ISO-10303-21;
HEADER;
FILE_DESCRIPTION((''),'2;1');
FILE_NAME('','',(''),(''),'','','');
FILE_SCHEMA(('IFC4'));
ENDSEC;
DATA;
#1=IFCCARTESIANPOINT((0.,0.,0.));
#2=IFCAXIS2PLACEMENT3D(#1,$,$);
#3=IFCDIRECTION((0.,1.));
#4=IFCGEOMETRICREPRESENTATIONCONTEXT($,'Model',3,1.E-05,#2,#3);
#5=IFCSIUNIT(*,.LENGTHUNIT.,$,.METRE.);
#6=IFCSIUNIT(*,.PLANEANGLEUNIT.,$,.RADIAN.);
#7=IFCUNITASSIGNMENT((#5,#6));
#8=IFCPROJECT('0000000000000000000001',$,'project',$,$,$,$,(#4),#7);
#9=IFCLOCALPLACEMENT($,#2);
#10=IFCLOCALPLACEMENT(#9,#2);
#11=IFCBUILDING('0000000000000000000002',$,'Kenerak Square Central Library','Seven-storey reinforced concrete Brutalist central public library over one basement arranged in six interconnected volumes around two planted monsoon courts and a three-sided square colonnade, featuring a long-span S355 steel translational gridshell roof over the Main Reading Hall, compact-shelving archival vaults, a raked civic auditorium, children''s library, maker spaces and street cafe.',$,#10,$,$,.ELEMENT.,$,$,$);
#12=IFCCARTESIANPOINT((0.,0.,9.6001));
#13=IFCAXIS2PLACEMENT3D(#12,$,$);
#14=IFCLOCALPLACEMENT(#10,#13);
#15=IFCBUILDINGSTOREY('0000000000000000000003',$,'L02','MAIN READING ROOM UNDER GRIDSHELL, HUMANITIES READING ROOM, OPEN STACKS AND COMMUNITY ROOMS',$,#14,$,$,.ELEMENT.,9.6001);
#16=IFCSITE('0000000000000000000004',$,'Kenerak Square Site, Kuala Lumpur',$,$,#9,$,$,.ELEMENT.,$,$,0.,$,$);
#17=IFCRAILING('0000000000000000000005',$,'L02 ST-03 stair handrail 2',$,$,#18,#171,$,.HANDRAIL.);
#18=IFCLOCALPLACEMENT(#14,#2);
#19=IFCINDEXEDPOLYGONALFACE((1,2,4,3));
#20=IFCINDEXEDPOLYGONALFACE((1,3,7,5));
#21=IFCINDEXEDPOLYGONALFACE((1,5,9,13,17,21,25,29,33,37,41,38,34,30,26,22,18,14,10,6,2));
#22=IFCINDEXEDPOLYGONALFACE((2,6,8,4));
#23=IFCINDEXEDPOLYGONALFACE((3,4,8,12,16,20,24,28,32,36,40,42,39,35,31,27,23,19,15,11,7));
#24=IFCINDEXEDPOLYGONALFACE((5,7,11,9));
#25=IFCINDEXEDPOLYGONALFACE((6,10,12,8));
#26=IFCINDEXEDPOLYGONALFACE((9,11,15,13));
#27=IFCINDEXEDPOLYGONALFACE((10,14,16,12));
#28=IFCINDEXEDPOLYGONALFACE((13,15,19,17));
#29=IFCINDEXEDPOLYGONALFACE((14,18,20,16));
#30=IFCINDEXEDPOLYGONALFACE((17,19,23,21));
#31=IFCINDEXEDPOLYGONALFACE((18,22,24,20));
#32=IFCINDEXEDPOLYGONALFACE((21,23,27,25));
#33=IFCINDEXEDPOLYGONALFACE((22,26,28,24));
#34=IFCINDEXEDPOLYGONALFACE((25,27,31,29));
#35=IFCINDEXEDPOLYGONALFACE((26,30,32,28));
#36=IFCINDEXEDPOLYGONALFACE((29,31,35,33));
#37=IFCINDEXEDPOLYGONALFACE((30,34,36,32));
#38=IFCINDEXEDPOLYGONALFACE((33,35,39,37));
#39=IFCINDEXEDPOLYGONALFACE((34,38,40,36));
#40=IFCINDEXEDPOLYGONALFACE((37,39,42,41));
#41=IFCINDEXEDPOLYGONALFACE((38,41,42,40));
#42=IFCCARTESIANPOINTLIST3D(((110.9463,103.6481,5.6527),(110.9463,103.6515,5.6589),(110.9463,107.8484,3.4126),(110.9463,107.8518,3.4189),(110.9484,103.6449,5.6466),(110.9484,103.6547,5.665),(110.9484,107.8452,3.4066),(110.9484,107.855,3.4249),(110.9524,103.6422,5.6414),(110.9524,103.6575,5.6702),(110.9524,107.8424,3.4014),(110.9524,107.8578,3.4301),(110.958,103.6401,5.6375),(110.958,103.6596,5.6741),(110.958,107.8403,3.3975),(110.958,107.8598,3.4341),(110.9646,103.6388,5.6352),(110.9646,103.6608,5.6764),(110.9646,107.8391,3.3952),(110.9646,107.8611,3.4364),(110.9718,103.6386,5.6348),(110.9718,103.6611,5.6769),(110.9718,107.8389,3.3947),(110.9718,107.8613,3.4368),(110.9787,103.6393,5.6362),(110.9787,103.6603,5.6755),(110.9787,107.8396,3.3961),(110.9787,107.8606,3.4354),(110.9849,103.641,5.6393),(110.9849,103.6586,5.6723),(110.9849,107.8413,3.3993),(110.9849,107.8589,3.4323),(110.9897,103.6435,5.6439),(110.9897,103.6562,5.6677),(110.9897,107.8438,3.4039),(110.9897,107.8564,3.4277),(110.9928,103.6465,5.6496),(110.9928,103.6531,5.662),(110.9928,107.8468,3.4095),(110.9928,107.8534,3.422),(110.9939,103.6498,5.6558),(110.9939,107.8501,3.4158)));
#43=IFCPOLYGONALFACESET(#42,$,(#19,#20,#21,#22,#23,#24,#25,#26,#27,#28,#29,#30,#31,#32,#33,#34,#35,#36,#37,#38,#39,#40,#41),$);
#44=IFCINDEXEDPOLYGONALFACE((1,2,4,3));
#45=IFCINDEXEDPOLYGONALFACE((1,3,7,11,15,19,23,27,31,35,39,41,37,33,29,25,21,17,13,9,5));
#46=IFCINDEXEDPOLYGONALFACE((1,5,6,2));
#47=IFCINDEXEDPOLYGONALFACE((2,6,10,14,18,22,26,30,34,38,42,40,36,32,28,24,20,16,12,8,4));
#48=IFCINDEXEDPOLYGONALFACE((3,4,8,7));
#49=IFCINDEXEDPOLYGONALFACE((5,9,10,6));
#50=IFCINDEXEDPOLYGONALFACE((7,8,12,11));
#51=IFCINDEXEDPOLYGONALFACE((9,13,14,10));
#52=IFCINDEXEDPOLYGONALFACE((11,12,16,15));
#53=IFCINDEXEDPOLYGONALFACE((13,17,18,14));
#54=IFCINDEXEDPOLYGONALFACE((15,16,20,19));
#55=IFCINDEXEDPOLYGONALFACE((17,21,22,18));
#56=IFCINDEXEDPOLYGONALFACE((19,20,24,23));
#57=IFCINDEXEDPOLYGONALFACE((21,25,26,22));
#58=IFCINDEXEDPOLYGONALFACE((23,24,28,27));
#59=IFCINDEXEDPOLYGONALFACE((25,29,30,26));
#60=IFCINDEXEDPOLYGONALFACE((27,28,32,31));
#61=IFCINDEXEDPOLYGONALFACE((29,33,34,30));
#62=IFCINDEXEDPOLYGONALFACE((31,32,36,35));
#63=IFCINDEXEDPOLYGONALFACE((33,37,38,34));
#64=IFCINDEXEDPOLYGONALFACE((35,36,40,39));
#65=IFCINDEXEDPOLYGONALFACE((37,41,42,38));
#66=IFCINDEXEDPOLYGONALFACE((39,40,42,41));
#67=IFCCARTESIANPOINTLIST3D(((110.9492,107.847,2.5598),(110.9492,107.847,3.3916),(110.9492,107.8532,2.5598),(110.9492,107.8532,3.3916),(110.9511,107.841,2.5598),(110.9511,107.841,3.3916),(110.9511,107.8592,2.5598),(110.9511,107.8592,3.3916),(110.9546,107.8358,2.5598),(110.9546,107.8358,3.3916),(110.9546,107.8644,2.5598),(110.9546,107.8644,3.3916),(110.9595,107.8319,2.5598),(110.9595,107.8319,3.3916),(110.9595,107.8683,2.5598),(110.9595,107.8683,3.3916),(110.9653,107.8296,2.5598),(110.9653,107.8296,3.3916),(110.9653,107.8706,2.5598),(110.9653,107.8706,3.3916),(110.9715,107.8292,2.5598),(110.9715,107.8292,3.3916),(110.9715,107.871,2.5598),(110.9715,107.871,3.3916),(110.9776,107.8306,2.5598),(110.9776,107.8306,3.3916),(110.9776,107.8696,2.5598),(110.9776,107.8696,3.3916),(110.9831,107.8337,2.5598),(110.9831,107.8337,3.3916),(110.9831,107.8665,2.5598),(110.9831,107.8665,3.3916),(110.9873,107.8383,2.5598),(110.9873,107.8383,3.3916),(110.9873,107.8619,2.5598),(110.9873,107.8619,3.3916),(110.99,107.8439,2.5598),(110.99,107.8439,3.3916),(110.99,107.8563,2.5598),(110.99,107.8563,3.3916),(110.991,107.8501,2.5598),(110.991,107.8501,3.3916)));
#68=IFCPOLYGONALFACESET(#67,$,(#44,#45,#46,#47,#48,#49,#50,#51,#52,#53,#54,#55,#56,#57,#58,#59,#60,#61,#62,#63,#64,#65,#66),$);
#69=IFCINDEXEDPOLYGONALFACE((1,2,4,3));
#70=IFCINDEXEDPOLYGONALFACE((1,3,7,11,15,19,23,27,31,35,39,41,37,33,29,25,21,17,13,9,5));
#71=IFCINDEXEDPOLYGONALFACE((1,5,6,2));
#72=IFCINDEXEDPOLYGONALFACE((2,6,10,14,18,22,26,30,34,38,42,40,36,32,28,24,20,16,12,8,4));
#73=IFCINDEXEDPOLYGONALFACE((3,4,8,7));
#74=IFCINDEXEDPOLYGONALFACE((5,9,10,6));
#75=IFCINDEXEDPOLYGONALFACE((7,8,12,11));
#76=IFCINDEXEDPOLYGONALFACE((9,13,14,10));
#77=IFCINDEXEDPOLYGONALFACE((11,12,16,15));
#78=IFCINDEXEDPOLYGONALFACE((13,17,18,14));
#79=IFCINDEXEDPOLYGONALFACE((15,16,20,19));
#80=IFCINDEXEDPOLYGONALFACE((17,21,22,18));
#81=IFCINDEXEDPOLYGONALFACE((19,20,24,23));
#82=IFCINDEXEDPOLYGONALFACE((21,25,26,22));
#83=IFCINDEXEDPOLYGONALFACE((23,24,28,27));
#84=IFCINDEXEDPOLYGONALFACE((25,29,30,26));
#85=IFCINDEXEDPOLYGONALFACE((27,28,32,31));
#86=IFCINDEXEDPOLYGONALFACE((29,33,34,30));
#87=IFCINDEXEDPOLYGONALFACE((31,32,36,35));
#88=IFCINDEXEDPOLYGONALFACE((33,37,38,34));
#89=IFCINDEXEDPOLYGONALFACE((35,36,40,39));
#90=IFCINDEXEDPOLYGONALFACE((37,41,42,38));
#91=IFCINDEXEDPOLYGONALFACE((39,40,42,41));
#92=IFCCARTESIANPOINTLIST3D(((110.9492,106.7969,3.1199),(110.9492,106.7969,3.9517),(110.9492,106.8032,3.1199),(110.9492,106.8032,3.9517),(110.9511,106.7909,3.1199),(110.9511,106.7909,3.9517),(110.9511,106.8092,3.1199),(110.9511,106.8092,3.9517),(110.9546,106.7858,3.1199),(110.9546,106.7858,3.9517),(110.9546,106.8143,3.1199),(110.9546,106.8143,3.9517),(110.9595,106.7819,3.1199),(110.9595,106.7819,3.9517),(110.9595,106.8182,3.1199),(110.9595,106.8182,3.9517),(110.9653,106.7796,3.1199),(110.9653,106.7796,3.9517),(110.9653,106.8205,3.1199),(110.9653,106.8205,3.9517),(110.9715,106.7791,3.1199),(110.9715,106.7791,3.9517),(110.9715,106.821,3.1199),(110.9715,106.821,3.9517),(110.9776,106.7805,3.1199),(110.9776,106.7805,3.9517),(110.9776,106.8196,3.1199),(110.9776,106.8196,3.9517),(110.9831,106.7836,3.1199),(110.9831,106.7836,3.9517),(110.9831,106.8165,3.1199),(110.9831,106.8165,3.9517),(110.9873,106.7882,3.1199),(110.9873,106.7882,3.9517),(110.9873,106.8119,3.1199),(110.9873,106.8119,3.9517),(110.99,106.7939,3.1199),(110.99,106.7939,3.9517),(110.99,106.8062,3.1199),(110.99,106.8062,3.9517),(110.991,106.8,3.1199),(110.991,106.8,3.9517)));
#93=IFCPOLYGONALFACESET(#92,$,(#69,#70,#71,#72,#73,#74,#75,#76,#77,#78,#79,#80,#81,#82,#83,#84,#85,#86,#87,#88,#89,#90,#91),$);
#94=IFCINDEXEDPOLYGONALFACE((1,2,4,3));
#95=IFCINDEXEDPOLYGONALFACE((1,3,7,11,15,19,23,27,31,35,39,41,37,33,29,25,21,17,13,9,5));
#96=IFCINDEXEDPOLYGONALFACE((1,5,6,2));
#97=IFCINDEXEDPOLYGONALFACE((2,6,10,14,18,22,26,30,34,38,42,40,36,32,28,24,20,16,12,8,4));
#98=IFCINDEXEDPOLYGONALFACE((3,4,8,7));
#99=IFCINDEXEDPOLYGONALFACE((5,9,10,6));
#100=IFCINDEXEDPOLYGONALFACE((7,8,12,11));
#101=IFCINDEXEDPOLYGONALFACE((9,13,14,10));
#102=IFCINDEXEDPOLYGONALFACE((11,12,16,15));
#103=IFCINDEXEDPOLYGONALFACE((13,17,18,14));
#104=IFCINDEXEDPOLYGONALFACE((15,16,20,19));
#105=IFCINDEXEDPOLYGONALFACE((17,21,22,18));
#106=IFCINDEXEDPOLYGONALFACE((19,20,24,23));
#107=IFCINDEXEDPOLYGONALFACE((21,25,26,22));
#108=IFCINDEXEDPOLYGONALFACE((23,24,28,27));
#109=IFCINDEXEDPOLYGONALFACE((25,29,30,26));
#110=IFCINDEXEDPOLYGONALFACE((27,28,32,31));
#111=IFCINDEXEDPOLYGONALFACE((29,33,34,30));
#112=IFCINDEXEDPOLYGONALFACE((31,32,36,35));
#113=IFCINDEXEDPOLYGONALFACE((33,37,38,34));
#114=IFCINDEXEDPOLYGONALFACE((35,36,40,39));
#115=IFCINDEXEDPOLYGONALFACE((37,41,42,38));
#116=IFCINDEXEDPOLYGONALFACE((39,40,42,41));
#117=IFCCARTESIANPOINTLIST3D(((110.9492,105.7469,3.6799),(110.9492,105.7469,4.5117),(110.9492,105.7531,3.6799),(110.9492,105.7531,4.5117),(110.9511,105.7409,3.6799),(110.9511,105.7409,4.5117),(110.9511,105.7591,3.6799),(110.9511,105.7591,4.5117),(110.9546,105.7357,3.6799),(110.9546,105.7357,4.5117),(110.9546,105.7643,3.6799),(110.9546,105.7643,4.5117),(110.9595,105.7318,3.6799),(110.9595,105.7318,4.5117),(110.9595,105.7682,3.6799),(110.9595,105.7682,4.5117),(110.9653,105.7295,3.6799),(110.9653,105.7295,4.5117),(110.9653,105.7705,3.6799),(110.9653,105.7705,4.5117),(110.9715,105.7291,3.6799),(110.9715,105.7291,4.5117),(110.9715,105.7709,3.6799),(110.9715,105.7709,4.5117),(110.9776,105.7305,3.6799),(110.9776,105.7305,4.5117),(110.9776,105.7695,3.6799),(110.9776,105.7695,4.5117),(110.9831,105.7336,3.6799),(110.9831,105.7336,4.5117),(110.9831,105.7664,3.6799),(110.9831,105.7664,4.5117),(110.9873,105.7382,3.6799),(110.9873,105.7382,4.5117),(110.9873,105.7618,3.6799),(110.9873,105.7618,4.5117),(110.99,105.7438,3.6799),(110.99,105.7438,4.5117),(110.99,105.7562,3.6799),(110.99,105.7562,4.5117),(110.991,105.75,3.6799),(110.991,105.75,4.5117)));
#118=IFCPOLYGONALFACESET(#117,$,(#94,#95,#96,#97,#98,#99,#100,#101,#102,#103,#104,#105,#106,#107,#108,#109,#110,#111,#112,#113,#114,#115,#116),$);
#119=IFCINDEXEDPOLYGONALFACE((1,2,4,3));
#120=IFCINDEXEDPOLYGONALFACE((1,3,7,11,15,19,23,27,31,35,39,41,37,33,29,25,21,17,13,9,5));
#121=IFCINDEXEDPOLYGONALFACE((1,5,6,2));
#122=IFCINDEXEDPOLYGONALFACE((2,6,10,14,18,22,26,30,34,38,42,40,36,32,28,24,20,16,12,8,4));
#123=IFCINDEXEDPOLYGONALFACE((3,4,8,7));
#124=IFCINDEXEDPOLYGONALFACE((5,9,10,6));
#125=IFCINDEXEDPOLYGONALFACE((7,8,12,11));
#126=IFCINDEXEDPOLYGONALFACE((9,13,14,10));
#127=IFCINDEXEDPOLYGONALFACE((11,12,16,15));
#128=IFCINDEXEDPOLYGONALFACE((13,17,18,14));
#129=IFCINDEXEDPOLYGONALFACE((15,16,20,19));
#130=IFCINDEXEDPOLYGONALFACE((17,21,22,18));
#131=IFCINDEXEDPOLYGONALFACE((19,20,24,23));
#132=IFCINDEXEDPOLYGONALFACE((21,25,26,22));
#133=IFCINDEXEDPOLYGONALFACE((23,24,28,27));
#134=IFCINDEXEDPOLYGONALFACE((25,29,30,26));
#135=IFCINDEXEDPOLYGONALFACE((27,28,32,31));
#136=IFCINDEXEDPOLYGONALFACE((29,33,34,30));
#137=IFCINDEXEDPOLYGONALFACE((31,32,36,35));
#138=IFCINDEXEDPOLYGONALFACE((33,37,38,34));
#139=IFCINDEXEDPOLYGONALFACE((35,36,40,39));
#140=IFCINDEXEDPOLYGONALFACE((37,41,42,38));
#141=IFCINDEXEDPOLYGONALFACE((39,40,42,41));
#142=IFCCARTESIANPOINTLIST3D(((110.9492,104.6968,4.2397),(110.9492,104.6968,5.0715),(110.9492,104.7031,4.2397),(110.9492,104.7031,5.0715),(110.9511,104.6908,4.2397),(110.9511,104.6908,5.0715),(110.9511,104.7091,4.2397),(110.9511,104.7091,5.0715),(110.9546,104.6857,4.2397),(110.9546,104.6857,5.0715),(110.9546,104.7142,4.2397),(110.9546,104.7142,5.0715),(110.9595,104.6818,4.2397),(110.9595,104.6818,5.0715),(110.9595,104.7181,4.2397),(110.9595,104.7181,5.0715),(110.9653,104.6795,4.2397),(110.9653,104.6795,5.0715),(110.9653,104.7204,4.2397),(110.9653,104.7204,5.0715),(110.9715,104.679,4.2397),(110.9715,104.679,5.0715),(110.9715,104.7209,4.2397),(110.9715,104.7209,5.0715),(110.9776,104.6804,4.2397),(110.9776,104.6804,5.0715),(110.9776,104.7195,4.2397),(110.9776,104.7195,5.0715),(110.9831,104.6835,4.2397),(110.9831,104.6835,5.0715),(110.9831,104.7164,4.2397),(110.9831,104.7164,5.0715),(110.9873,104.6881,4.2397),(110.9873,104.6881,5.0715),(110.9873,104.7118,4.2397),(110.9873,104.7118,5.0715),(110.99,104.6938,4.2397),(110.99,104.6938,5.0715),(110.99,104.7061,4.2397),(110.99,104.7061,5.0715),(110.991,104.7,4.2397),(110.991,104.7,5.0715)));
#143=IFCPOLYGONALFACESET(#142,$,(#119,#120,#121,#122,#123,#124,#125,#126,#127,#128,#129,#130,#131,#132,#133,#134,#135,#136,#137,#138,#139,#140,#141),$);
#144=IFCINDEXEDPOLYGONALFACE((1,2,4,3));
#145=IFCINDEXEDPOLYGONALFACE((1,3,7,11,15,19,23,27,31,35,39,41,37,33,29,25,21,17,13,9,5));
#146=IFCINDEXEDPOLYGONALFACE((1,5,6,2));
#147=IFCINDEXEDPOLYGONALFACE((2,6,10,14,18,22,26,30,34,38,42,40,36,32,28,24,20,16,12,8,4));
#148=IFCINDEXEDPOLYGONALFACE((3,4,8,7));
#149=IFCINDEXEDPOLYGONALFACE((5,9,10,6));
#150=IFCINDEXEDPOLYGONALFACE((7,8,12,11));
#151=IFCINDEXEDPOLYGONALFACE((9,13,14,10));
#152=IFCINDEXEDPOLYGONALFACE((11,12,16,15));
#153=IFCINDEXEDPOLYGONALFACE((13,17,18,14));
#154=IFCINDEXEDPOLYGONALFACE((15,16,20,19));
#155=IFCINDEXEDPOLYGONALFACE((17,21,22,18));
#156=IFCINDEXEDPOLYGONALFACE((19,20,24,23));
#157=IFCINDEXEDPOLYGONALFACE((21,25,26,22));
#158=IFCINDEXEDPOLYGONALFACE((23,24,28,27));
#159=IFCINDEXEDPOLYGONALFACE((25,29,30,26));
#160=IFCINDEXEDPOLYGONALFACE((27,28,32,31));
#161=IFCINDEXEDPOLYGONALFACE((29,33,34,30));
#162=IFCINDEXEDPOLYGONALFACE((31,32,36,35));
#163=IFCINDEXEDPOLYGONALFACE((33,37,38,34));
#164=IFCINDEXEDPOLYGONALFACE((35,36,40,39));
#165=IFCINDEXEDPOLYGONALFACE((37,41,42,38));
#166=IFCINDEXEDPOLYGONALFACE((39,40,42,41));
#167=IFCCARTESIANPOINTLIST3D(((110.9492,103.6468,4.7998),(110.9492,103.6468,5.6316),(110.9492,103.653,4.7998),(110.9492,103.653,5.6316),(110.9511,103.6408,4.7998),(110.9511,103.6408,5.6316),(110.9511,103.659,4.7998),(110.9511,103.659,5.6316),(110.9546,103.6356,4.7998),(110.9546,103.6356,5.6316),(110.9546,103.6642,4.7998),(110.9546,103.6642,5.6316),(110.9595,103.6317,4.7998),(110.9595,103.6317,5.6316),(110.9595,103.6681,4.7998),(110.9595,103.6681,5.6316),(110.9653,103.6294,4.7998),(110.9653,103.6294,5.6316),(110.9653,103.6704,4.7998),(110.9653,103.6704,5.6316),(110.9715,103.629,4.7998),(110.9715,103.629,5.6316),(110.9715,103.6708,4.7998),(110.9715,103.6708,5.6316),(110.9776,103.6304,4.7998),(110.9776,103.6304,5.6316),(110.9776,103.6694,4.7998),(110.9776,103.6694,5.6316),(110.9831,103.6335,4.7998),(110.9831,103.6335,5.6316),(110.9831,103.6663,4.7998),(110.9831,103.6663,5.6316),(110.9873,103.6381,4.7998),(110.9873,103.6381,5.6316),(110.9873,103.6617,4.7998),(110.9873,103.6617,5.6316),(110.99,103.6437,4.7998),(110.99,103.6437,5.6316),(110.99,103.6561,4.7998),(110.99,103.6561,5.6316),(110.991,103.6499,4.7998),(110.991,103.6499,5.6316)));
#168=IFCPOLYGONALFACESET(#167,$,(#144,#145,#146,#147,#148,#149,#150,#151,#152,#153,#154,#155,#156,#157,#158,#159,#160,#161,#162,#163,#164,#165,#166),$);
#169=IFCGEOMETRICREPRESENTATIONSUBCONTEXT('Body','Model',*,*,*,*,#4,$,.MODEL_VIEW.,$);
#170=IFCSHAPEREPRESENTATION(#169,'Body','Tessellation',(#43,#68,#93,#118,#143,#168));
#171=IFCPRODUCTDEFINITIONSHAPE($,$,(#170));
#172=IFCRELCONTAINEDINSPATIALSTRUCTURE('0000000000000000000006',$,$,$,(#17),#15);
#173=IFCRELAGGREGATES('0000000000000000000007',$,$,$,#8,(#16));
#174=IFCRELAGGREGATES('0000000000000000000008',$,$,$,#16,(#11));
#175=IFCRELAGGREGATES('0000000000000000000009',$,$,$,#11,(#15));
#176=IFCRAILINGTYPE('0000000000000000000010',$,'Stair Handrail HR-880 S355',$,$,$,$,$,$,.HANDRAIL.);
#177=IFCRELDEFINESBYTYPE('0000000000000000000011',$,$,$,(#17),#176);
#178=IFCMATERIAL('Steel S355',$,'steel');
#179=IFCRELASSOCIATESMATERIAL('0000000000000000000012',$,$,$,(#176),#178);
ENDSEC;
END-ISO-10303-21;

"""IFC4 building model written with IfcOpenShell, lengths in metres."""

from ifc_helpers import new_model, si_unit, direction, frame, origin, origin_2d, place, context, subcontext, project, spatial, circle, extrude, material, type_object, element, save


model = new_model("IFC4")

# Units and contexts
model_context = context("Model", 3, precision=1e-05, world=origin(), true_north=direction((0.0, 1.0)))
body_context = subcontext(model_context, "Body", "Model", "MODEL_VIEW")
ifc_project = project(units=[si_unit("LENGTHUNIT", "METRE"), si_unit("PLANEANGLEUNIT", "RADIAN")], contexts=[model_context])

# Site, building, storey
site_placement = place(None, origin())
site = spatial("IfcSite", under=ifc_project, at=site_placement, Name="Kenerak Square Site, Kuala Lumpur", CompositionType="ELEMENT", RefElevation=0.0)
building_placement = place(site_placement, origin())
building = spatial("IfcBuilding", under=site, at=building_placement, Name="Kenerak Square Central Library", Description="Seven-storey reinforced concrete Brutalist central public library over one basement arranged in six interconnected volumes around two planted monsoon courts and a three-sided square colonnade, featuring a long-span S355 steel translational gridshell roof over the Main Reading Hall, compact-shelving archival vaults, a raked civic auditorium, children's library, maker spaces and street cafe.", CompositionType="ELEMENT")
storey_placement = place(building_placement, frame((0.0, 0.0, 9.6001)))
storey = spatial("IfcBuildingStorey", under=building, at=storey_placement, Name="L02", Description="MAIN READING ROOM UNDER GRIDSHELL, HUMANITIES READING ROOM, OPEN STACKS AND COMMUNITY ROOMS", CompositionType="ELEMENT", Elevation=9.6001)

# Shared definitions
ifc_material_1 = material(Name="Steel S355", Category="steel")

# Railing
railing_type_1 = type_object("IfcRailingType", Name="Stair Handrail HR-880 S355", PredefinedType="HANDRAIL", material=ifc_material_1)
railing_1_placement = place(storey_placement, frame((110.97, 107.8501, 2.5598)))
element("IfcRailing", 1, at=railing_1_placement, inside=storey, type_object=railing_type_1, Name="L02 ST-03 stair handrail 2", PredefinedType="HANDRAIL", context=body_context, shape_type="SweptSolid", body=[
    extrude(circle(Radius=0.0239, at=origin_2d()), frame((0.0, 0.0, 0.856), z_axis=(0.0, -0.882363, 0.47057), x_axis=(1.0, 0.0, 0.0)), (0.0, 0.0, 1.0), 4.7603),
    extrude(circle(Radius=0.021, at=origin_2d()), origin(), (0.0, 0.0, 1.0), 0.8318),
    extrude(circle(Radius=0.021, at=origin_2d()), frame((0.0, -1.05, 0.5601)), (0.0, 0.0, 1.0), 0.8318),
    extrude(circle(Radius=0.021, at=origin_2d()), frame((0.0, -2.1001, 1.1201)), (0.0, 0.0, 1.0), 0.8318),
    extrude(circle(Radius=0.021, at=origin_2d()), frame((0.0, -3.1501, 1.6799)), (0.0, 0.0, 1.0), 0.8318),
    extrude(circle(Radius=0.021, at=origin_2d()), frame((0.0, -4.2002, 2.24)), (0.0, 0.0, 1.0), 0.8318),
])

save(model, "model.ifc")
